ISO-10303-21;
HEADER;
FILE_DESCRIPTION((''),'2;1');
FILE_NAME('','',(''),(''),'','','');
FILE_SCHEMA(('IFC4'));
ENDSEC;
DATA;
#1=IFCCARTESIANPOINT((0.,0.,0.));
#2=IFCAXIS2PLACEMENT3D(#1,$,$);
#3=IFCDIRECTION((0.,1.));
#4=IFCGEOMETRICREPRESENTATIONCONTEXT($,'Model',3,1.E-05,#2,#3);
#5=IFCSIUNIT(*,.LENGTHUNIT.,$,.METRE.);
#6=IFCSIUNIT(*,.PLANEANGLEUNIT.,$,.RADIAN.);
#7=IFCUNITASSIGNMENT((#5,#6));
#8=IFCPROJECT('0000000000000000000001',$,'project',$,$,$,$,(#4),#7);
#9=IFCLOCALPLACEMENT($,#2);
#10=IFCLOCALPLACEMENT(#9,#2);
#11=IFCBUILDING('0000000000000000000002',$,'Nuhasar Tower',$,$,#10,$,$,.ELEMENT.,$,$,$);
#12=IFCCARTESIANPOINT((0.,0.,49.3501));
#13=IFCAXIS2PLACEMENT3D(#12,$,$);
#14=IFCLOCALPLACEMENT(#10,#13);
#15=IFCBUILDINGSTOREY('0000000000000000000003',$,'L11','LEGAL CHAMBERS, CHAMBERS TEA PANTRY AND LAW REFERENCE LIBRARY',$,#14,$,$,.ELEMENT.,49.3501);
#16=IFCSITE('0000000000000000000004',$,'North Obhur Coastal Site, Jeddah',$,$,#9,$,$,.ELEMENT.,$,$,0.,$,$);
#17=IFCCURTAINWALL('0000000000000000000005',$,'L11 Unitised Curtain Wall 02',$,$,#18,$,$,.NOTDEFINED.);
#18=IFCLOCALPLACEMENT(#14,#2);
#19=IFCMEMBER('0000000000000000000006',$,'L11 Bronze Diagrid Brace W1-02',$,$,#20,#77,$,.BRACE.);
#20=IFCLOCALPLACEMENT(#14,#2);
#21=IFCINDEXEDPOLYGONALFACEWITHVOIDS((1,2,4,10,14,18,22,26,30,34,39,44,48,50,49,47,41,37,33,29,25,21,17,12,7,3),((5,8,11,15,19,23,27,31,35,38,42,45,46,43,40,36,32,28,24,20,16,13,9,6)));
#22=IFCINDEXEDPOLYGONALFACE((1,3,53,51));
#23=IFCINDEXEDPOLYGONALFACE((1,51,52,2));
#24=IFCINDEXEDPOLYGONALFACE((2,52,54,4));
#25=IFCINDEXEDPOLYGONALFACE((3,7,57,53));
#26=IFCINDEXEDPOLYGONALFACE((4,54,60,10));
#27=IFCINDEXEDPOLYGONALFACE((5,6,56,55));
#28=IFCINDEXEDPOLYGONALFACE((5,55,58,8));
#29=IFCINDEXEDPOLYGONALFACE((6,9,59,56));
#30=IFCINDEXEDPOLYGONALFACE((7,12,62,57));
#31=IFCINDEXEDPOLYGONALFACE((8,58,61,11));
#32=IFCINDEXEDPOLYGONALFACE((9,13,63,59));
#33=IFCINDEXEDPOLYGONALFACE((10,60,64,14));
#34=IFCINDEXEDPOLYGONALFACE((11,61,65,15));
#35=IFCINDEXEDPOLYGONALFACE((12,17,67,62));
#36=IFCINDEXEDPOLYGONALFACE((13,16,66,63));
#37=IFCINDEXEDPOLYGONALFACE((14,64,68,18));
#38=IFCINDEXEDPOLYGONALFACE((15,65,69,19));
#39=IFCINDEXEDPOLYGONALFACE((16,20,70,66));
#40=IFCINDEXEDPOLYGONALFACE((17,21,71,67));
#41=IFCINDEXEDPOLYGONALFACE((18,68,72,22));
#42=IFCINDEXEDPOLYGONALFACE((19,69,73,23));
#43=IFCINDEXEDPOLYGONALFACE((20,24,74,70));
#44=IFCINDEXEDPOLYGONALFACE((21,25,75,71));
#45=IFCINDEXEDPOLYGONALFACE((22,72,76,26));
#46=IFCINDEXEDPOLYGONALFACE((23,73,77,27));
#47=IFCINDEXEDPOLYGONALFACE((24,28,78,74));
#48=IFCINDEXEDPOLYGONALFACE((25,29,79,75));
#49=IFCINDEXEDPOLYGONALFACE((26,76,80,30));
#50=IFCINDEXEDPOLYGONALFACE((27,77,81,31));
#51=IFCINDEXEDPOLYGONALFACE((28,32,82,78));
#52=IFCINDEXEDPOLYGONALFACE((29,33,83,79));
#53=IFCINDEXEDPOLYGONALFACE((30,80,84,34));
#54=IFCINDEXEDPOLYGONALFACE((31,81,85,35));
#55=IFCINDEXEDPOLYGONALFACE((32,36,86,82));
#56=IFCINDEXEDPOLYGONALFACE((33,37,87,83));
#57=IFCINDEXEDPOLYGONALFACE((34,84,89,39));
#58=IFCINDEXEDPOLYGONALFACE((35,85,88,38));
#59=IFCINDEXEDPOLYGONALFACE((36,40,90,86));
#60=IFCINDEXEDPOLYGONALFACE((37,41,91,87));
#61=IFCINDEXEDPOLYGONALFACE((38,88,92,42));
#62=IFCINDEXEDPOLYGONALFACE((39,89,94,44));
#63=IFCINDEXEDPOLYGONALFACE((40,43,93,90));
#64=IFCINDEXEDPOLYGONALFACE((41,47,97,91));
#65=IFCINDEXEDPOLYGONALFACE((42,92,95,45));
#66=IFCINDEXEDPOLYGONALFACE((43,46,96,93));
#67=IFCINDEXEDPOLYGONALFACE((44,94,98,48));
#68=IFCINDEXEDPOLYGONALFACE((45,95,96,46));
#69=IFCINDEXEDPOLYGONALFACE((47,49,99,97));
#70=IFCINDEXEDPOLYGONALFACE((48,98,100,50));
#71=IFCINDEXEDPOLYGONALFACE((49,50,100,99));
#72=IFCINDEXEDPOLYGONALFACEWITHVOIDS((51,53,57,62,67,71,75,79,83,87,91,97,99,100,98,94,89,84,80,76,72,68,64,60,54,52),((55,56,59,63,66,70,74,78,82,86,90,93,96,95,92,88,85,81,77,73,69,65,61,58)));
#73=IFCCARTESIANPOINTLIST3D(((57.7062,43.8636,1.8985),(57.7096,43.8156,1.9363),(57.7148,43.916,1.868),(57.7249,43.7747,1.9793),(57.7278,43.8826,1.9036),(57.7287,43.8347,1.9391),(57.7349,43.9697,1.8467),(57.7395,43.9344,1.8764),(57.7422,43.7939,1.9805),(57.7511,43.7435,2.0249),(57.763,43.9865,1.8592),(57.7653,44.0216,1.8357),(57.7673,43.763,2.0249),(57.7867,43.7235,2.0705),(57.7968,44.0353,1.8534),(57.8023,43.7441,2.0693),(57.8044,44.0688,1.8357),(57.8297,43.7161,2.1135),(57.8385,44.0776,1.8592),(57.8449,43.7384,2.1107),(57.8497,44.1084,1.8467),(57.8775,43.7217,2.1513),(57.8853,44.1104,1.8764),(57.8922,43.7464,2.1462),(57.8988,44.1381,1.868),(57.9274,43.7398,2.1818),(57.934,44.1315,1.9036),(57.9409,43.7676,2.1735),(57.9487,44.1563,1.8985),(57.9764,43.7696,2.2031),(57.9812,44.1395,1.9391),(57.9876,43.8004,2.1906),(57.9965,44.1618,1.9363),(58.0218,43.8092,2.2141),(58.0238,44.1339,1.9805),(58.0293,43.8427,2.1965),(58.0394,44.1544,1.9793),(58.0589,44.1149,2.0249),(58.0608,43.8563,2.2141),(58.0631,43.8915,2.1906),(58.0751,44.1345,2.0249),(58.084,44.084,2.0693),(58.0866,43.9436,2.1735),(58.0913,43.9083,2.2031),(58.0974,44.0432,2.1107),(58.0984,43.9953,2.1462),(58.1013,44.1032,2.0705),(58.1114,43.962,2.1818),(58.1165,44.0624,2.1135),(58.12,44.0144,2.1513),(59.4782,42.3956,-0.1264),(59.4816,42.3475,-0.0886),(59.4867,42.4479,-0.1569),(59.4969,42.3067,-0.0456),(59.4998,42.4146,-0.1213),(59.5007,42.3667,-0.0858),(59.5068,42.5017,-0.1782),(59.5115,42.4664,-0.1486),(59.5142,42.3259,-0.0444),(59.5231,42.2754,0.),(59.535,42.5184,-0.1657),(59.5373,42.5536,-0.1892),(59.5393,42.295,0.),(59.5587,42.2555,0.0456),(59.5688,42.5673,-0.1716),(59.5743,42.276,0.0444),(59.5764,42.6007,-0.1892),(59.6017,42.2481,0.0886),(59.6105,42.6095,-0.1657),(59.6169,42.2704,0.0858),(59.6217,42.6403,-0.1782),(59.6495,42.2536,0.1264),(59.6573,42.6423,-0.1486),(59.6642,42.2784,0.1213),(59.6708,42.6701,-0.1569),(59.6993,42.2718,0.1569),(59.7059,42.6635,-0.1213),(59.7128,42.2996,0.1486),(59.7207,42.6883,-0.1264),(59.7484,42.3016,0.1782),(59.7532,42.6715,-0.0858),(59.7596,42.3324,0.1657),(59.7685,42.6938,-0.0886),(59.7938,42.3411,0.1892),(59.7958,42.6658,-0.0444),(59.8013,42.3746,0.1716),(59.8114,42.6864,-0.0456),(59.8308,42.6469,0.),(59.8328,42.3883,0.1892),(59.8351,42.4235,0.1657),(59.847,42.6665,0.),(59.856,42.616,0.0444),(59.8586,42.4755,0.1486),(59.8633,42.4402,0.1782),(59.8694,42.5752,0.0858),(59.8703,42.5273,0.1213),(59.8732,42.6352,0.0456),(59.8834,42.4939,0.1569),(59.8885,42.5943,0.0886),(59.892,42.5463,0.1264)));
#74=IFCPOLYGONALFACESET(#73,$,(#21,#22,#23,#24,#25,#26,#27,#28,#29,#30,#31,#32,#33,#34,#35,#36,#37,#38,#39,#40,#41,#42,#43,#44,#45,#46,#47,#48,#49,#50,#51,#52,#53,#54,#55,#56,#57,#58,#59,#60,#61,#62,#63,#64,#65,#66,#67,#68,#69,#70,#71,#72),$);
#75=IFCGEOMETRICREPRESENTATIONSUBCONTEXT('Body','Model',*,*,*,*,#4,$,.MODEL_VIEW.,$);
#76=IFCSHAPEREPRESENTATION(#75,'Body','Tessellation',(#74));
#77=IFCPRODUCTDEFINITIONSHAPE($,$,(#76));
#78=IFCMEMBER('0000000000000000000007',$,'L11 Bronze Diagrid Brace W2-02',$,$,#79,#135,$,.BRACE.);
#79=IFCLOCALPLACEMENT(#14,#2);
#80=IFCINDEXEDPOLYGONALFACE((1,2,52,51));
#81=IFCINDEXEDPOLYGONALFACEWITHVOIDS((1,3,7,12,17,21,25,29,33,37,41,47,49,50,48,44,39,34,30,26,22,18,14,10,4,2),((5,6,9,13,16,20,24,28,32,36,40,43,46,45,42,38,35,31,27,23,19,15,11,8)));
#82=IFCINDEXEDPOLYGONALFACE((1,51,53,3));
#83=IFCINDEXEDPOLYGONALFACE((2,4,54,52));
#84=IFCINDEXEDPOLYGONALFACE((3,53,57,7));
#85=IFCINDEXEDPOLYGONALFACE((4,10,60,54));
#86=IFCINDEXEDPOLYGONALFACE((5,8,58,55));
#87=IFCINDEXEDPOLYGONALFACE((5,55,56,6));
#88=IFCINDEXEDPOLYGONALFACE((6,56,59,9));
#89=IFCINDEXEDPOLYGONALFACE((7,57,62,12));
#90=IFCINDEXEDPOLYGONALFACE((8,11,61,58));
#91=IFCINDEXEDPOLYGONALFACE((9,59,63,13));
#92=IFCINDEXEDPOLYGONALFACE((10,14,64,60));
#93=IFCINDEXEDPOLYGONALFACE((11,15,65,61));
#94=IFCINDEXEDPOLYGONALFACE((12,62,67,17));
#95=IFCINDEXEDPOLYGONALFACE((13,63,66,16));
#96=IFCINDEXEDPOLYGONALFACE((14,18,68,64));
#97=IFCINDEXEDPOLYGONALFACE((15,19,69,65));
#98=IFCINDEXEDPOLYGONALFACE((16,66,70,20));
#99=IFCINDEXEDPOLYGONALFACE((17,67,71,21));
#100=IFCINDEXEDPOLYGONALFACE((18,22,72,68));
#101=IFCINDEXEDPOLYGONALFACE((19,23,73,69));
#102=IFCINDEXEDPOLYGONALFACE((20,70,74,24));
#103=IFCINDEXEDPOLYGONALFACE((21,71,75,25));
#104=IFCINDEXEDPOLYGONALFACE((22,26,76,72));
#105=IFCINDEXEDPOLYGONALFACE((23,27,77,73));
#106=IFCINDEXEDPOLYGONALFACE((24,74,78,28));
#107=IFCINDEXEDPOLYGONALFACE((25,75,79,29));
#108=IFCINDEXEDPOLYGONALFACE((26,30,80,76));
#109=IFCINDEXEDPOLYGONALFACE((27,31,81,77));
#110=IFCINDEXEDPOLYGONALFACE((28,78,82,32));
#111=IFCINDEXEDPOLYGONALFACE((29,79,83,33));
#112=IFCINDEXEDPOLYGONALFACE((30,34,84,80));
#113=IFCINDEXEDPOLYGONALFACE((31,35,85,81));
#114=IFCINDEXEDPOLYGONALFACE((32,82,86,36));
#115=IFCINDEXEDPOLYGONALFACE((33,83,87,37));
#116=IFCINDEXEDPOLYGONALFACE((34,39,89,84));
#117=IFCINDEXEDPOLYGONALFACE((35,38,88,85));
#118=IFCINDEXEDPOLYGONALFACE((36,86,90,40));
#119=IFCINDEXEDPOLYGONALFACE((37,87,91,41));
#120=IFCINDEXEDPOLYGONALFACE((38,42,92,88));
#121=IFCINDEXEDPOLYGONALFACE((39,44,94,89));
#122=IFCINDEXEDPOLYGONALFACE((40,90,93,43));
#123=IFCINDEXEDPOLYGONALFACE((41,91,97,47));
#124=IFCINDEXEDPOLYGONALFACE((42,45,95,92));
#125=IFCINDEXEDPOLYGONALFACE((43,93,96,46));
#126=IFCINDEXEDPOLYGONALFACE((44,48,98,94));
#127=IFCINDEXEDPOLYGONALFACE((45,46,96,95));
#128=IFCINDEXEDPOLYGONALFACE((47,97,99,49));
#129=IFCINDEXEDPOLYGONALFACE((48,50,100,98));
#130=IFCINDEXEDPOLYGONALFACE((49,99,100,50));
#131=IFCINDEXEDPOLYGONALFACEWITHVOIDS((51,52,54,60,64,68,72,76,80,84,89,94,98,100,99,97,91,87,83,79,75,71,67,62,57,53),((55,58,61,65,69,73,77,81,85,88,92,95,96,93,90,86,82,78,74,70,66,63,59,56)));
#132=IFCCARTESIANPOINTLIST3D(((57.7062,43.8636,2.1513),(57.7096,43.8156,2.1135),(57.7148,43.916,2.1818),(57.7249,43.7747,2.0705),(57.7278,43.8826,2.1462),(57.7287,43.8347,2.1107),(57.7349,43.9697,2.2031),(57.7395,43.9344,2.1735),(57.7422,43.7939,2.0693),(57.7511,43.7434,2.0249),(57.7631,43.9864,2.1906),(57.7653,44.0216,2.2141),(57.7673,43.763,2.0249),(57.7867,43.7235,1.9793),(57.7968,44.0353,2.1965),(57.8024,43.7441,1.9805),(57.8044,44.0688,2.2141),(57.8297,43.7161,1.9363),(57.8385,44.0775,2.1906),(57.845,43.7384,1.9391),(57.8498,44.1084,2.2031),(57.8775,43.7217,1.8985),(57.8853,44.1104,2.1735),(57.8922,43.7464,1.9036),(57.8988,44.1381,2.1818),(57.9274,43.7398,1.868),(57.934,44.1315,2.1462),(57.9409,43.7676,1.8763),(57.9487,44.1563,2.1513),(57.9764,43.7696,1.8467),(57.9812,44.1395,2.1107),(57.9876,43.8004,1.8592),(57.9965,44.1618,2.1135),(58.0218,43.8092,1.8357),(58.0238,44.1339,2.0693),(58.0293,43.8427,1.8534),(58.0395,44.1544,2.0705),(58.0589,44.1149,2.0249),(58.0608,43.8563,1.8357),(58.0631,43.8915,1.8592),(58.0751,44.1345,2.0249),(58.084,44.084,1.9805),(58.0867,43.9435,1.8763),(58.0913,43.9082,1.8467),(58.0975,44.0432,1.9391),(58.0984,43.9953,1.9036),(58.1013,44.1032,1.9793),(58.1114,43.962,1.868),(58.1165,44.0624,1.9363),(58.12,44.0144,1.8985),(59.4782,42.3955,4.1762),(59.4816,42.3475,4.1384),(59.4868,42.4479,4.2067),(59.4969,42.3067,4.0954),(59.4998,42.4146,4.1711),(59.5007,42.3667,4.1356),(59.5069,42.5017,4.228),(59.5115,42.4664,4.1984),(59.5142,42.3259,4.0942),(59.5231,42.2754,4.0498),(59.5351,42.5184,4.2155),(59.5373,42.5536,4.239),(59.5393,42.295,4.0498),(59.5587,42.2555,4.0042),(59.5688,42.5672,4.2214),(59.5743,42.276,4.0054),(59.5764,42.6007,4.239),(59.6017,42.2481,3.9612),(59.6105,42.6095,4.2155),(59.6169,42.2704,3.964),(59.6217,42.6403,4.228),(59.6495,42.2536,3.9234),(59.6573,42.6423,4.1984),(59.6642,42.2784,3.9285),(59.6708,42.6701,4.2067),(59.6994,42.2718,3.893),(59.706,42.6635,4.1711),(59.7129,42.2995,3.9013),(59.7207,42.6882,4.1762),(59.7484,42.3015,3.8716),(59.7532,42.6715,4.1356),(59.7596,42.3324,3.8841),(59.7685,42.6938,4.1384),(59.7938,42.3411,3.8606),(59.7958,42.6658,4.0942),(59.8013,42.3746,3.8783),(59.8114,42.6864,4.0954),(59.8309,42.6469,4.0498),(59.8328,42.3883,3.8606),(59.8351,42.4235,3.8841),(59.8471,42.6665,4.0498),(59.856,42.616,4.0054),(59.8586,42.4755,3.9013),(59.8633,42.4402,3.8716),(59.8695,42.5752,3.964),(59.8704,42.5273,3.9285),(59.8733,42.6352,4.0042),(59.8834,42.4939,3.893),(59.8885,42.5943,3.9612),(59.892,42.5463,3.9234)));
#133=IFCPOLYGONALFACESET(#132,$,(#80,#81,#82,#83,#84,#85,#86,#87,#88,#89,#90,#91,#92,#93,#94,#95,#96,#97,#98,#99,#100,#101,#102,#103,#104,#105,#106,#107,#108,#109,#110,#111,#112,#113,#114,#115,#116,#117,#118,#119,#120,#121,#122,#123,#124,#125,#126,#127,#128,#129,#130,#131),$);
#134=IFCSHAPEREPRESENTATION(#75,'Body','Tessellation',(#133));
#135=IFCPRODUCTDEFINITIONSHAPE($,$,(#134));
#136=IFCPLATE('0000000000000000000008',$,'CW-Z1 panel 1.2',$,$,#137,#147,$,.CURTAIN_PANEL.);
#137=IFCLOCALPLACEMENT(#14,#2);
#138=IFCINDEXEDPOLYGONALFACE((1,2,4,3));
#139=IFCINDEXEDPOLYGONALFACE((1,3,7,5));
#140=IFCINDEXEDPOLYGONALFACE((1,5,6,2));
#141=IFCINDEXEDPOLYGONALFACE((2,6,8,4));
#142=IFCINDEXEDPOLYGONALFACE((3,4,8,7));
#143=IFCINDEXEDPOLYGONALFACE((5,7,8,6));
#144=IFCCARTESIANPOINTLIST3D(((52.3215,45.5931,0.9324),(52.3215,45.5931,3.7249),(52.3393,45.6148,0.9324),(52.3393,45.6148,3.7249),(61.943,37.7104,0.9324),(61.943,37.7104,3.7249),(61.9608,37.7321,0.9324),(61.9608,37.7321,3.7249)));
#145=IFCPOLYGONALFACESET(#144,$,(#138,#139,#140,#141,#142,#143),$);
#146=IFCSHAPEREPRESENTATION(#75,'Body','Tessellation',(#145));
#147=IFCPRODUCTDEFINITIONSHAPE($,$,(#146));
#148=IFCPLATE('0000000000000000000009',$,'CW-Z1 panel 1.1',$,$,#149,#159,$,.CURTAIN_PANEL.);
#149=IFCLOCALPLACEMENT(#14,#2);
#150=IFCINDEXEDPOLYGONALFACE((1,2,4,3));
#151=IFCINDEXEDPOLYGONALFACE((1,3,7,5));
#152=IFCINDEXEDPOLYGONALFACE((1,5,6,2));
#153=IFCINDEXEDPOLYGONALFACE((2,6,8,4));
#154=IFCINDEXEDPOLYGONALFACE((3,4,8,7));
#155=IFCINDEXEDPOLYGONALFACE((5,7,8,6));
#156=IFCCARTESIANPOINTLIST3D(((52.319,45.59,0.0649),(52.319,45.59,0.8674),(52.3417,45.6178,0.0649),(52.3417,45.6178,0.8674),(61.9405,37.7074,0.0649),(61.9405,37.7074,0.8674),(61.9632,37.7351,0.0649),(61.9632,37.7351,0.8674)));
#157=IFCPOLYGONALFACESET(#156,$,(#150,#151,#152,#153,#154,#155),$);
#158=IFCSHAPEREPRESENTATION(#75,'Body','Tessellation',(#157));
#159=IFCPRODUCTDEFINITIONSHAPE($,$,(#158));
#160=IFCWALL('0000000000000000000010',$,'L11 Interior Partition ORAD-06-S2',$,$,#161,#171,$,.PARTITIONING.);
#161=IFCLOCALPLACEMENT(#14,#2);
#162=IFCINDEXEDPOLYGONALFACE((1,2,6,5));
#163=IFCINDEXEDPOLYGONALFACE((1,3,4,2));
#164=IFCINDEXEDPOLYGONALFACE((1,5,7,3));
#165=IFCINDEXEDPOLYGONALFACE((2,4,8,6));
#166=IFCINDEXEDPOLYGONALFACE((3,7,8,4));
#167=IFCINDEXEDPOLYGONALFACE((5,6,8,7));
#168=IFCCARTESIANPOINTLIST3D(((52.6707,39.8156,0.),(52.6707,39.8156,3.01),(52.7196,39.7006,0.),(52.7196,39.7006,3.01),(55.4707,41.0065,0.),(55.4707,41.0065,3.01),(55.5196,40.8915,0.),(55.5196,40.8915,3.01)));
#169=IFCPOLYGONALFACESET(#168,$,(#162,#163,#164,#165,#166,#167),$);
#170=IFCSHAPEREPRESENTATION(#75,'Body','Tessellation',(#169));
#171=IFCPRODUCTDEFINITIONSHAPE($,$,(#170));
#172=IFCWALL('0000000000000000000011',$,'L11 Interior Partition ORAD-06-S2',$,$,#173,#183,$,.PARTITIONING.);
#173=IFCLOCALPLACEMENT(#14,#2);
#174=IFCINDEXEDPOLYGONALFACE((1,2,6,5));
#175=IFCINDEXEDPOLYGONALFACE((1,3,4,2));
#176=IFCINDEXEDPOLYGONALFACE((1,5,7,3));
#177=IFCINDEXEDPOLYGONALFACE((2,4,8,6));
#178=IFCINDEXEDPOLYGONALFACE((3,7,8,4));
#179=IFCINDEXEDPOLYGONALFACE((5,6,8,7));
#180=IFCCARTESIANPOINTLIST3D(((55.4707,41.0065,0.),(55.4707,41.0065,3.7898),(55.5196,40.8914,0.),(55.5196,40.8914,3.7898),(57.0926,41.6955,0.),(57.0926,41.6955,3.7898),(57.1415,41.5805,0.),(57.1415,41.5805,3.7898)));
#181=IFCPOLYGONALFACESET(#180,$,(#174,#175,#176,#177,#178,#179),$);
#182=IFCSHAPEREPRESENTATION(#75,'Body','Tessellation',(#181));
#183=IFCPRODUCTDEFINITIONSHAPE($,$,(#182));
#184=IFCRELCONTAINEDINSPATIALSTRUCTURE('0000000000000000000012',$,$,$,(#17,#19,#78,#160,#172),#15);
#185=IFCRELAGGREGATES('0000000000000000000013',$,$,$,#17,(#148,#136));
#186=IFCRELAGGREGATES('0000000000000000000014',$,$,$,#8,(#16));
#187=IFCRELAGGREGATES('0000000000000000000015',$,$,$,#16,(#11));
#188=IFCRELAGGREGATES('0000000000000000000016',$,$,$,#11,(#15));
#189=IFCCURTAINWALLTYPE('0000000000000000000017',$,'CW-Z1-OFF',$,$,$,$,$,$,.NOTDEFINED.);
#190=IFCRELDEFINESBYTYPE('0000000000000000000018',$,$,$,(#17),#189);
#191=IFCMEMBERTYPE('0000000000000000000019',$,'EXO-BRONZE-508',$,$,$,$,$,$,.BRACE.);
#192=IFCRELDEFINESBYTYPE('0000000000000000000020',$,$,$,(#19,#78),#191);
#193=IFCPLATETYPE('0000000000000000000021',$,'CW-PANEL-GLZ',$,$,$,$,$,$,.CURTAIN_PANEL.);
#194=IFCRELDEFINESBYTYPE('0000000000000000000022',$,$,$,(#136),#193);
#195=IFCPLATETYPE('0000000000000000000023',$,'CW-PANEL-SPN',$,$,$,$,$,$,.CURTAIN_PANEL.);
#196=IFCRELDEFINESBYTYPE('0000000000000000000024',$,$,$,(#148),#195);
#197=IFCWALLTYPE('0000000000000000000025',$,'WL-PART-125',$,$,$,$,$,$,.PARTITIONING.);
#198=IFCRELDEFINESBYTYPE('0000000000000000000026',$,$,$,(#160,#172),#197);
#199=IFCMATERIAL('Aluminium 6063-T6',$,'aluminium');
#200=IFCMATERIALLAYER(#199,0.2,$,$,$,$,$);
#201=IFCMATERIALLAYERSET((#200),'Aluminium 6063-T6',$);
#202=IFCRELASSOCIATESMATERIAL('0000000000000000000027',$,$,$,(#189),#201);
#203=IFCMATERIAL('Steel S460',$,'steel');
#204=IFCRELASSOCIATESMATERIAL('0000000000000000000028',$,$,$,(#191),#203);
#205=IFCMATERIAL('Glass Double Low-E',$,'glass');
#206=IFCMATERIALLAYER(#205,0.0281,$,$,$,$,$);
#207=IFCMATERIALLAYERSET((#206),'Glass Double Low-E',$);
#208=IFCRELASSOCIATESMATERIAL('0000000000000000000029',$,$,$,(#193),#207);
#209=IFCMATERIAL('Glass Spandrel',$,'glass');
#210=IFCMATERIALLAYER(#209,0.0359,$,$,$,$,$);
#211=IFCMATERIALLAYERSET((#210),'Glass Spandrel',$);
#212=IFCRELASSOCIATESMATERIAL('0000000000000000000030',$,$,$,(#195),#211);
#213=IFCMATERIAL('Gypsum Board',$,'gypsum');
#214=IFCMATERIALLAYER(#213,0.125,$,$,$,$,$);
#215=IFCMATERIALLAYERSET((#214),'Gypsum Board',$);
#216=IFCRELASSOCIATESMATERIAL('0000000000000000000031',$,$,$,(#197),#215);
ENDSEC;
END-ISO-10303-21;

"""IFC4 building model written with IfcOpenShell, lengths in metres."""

from ifc_helpers import new_model, si_unit, direction, frame, frame_2d, origin, origin_2d, place, context, subcontext, project, spatial, rectangle, hollow_circle, extrude, material, layer, layer_set, material_profile, profile_set, type_object, element, aggregate, save


model = new_model("IFC4")

# Units and contexts
model_context = context("Model", 3, precision=1e-05, world=origin(), true_north=direction((0.0, 1.0)))
body_context = subcontext(model_context, "Body", "Model", "MODEL_VIEW")
ifc_project = project(units=[si_unit("LENGTHUNIT", "METRE"), si_unit("PLANEANGLEUNIT", "RADIAN")], contexts=[model_context])

# Site, building, storey
site_placement = place(None, origin())
site = spatial("IfcSite", under=ifc_project, at=site_placement, Name="North Obhur Coastal Site, Jeddah", CompositionType="ELEMENT", RefElevation=0.0)
building_placement = place(site_placement, origin())
building = spatial("IfcBuilding", under=site, at=building_placement, Name="Nuhasar Tower", CompositionType="ELEMENT")
storey_placement = place(building_placement, frame((0.0, 0.0, 49.3501)))
storey = spatial("IfcBuildingStorey", under=building, at=storey_placement, Name="L11", Description="LEGAL CHAMBERS, CHAMBERS TEA PANTRY AND LAW REFERENCE LIBRARY", CompositionType="ELEMENT", Elevation=49.3501)

# Shared definitions
ifc_material_1 = material(Name="Aluminium 6063-T6", Category="aluminium")
ifc_layer_1 = layer(ifc_material_1, 0.2)
ifc_layer_set_1 = layer_set([ifc_layer_1], Name="Aluminium 6063-T6")
curtain_wall_type = type_object("IfcCurtainWallType", Name="CW-Z1-OFF", PredefinedType="NOTDEFINED", material=ifc_layer_set_1)

# Curtain wall
curtain_wall_1_placement = place(storey_placement, origin())
curtain_wall_1 = element("IfcCurtainWall", 1, at=curtain_wall_1_placement, inside=storey, type_object=curtain_wall_type, Name="L11 Unitised Curtain Wall 02", PredefinedType="NOTDEFINED")

# Members
ifc_material_2 = material(Name="Steel S460", Category="steel")
ifc_material_profile_1 = material_profile(ifc_material_2, hollow_circle(Radius=0.2539, WallThickness=0.0254, at=origin_2d()), Name="HSS508X25.4")
ifc_profile_set_1 = profile_set([ifc_material_profile_1], Name="Steel S460")
member_type_1 = type_object("IfcMemberType", Name="EXO-BRONZE-508", PredefinedType="BRACE", material=ifc_profile_set_1)
for number, where, z_axis, x_axis, name in (
    (2, (59.6851, 42.4709, 0.0), (-0.578102, 0.478937, 0.660619), (-0.637969, -0.770062, 0.0), "L11 Bronze Diagrid Brace W1-02"),
    (3, (57.9131, 43.939, 2.0249), (0.578102, -0.478937, 0.660619), (0.637969, 0.770062, 0.0), "L11 Bronze Diagrid Brace W2-02"),
):
    element("IfcMember", number, at=place(storey_placement, frame(where, z_axis=z_axis, x_axis=x_axis)), inside=storey, type_object=member_type_1, Name=name, PredefinedType="BRACE", context=body_context, shape_type="SweptSolid", body=[
        extrude(hollow_circle(Radius=0.2539, WallThickness=0.0254, at=origin_2d()), origin(), (0.0, 0.0, 1.0), 3.0652),
    ])

# Plates
ifc_material_3 = material(Name="Glass Double Low-E", Category="glass")
ifc_layer_2 = layer(ifc_material_3, 0.0281)
ifc_layer_set_2 = layer_set([ifc_layer_2], Name="Glass Double Low-E")
plate_type_1 = type_object("IfcPlateType", Name="CW-PANEL-GLZ", PredefinedType="CURTAIN_PANEL", material=ifc_layer_set_2)
plate_1_placement = place(storey_placement, frame((57.1411, 41.6626, 0.9324), z_axis=(0.0, 0.0, 1.0), x_axis=(-0.773542, 0.633745, 0.0)))
plate_1 = element("IfcPlate", 4, at=plate_1_placement, type_object=plate_type_1, Name="CW-Z1 panel 1.2", PredefinedType="CURTAIN_PANEL", context=body_context, shape_type="SweptSolid", body=[
    extrude(rectangle(XDim=12.4382, YDim=0.0281, at=origin_2d()), origin(), (0.0, 0.0, 1.0), 2.7925),
])
ifc_material_4 = material(Name="Glass Spandrel", Category="glass")
ifc_layer_3 = layer(ifc_material_4, 0.0359)
ifc_layer_set_3 = layer_set([ifc_layer_3], Name="Glass Spandrel")
plate_type_2 = type_object("IfcPlateType", Name="CW-PANEL-SPN", PredefinedType="CURTAIN_PANEL", material=ifc_layer_set_3)
plate_2_placement = place(storey_placement, frame((57.1411, 41.6626, 0.0649), z_axis=(0.0, 0.0, 1.0), x_axis=(-0.773542, 0.633745, 0.0)))
plate_2 = element("IfcPlate", 5, at=plate_2_placement, type_object=plate_type_2, Name="CW-Z1 panel 1.1", PredefinedType="CURTAIN_PANEL", context=body_context, shape_type="SweptSolid", body=[
    extrude(rectangle(XDim=12.4382, YDim=0.0359, at=origin_2d()), origin(), (0.0, 0.0, 1.0), 0.8025),
])
aggregate(curtain_wall_1, [plate_2, plate_1])

# Walls
ifc_material_5 = material(Name="Gypsum Board", Category="gypsum")
ifc_layer_4 = layer(ifc_material_5, 0.125)
ifc_layer_set_4 = layer_set([ifc_layer_4], Name="Gypsum Board")
wall_type = type_object("IfcWallType", Name="WL-PART-125", PredefinedType="PARTITIONING", material=ifc_layer_set_4)
wall_1_placement = place(storey_placement, frame((52.6951, 39.7581, 0.0), z_axis=(0.0, 0.0, 1.0), x_axis=(0.920225, 0.39139, 0.0)))
element("IfcWall", 6, at=wall_1_placement, inside=storey, type_object=wall_type, Name="L11 Interior Partition ORAD-06-S2", PredefinedType="PARTITIONING", context=body_context, shape_type="SweptSolid", body=[
    extrude(rectangle(XDim=3.0427, YDim=0.125, at=frame_2d((1.5215, 0.0))), origin(), (0.0, 0.0, 1.0), 3.01),
])
wall_2_placement = place(storey_placement, frame((55.4951, 40.949, 0.0), z_axis=(0.0, 0.0, 1.0), x_axis=(0.920394, 0.390991, 0.0)))
element("IfcWall", 7, at=wall_2_placement, inside=storey, type_object=wall_type, Name="L11 Interior Partition ORAD-06-S2", PredefinedType="PARTITIONING", context=body_context, shape_type="SweptSolid", body=[
    extrude(rectangle(XDim=1.7622, YDim=0.125, at=frame_2d((0.8811, 0.0))), origin(), (0.0, 0.0, 1.0), 3.7898),
])

save(model, "model.ifc")
